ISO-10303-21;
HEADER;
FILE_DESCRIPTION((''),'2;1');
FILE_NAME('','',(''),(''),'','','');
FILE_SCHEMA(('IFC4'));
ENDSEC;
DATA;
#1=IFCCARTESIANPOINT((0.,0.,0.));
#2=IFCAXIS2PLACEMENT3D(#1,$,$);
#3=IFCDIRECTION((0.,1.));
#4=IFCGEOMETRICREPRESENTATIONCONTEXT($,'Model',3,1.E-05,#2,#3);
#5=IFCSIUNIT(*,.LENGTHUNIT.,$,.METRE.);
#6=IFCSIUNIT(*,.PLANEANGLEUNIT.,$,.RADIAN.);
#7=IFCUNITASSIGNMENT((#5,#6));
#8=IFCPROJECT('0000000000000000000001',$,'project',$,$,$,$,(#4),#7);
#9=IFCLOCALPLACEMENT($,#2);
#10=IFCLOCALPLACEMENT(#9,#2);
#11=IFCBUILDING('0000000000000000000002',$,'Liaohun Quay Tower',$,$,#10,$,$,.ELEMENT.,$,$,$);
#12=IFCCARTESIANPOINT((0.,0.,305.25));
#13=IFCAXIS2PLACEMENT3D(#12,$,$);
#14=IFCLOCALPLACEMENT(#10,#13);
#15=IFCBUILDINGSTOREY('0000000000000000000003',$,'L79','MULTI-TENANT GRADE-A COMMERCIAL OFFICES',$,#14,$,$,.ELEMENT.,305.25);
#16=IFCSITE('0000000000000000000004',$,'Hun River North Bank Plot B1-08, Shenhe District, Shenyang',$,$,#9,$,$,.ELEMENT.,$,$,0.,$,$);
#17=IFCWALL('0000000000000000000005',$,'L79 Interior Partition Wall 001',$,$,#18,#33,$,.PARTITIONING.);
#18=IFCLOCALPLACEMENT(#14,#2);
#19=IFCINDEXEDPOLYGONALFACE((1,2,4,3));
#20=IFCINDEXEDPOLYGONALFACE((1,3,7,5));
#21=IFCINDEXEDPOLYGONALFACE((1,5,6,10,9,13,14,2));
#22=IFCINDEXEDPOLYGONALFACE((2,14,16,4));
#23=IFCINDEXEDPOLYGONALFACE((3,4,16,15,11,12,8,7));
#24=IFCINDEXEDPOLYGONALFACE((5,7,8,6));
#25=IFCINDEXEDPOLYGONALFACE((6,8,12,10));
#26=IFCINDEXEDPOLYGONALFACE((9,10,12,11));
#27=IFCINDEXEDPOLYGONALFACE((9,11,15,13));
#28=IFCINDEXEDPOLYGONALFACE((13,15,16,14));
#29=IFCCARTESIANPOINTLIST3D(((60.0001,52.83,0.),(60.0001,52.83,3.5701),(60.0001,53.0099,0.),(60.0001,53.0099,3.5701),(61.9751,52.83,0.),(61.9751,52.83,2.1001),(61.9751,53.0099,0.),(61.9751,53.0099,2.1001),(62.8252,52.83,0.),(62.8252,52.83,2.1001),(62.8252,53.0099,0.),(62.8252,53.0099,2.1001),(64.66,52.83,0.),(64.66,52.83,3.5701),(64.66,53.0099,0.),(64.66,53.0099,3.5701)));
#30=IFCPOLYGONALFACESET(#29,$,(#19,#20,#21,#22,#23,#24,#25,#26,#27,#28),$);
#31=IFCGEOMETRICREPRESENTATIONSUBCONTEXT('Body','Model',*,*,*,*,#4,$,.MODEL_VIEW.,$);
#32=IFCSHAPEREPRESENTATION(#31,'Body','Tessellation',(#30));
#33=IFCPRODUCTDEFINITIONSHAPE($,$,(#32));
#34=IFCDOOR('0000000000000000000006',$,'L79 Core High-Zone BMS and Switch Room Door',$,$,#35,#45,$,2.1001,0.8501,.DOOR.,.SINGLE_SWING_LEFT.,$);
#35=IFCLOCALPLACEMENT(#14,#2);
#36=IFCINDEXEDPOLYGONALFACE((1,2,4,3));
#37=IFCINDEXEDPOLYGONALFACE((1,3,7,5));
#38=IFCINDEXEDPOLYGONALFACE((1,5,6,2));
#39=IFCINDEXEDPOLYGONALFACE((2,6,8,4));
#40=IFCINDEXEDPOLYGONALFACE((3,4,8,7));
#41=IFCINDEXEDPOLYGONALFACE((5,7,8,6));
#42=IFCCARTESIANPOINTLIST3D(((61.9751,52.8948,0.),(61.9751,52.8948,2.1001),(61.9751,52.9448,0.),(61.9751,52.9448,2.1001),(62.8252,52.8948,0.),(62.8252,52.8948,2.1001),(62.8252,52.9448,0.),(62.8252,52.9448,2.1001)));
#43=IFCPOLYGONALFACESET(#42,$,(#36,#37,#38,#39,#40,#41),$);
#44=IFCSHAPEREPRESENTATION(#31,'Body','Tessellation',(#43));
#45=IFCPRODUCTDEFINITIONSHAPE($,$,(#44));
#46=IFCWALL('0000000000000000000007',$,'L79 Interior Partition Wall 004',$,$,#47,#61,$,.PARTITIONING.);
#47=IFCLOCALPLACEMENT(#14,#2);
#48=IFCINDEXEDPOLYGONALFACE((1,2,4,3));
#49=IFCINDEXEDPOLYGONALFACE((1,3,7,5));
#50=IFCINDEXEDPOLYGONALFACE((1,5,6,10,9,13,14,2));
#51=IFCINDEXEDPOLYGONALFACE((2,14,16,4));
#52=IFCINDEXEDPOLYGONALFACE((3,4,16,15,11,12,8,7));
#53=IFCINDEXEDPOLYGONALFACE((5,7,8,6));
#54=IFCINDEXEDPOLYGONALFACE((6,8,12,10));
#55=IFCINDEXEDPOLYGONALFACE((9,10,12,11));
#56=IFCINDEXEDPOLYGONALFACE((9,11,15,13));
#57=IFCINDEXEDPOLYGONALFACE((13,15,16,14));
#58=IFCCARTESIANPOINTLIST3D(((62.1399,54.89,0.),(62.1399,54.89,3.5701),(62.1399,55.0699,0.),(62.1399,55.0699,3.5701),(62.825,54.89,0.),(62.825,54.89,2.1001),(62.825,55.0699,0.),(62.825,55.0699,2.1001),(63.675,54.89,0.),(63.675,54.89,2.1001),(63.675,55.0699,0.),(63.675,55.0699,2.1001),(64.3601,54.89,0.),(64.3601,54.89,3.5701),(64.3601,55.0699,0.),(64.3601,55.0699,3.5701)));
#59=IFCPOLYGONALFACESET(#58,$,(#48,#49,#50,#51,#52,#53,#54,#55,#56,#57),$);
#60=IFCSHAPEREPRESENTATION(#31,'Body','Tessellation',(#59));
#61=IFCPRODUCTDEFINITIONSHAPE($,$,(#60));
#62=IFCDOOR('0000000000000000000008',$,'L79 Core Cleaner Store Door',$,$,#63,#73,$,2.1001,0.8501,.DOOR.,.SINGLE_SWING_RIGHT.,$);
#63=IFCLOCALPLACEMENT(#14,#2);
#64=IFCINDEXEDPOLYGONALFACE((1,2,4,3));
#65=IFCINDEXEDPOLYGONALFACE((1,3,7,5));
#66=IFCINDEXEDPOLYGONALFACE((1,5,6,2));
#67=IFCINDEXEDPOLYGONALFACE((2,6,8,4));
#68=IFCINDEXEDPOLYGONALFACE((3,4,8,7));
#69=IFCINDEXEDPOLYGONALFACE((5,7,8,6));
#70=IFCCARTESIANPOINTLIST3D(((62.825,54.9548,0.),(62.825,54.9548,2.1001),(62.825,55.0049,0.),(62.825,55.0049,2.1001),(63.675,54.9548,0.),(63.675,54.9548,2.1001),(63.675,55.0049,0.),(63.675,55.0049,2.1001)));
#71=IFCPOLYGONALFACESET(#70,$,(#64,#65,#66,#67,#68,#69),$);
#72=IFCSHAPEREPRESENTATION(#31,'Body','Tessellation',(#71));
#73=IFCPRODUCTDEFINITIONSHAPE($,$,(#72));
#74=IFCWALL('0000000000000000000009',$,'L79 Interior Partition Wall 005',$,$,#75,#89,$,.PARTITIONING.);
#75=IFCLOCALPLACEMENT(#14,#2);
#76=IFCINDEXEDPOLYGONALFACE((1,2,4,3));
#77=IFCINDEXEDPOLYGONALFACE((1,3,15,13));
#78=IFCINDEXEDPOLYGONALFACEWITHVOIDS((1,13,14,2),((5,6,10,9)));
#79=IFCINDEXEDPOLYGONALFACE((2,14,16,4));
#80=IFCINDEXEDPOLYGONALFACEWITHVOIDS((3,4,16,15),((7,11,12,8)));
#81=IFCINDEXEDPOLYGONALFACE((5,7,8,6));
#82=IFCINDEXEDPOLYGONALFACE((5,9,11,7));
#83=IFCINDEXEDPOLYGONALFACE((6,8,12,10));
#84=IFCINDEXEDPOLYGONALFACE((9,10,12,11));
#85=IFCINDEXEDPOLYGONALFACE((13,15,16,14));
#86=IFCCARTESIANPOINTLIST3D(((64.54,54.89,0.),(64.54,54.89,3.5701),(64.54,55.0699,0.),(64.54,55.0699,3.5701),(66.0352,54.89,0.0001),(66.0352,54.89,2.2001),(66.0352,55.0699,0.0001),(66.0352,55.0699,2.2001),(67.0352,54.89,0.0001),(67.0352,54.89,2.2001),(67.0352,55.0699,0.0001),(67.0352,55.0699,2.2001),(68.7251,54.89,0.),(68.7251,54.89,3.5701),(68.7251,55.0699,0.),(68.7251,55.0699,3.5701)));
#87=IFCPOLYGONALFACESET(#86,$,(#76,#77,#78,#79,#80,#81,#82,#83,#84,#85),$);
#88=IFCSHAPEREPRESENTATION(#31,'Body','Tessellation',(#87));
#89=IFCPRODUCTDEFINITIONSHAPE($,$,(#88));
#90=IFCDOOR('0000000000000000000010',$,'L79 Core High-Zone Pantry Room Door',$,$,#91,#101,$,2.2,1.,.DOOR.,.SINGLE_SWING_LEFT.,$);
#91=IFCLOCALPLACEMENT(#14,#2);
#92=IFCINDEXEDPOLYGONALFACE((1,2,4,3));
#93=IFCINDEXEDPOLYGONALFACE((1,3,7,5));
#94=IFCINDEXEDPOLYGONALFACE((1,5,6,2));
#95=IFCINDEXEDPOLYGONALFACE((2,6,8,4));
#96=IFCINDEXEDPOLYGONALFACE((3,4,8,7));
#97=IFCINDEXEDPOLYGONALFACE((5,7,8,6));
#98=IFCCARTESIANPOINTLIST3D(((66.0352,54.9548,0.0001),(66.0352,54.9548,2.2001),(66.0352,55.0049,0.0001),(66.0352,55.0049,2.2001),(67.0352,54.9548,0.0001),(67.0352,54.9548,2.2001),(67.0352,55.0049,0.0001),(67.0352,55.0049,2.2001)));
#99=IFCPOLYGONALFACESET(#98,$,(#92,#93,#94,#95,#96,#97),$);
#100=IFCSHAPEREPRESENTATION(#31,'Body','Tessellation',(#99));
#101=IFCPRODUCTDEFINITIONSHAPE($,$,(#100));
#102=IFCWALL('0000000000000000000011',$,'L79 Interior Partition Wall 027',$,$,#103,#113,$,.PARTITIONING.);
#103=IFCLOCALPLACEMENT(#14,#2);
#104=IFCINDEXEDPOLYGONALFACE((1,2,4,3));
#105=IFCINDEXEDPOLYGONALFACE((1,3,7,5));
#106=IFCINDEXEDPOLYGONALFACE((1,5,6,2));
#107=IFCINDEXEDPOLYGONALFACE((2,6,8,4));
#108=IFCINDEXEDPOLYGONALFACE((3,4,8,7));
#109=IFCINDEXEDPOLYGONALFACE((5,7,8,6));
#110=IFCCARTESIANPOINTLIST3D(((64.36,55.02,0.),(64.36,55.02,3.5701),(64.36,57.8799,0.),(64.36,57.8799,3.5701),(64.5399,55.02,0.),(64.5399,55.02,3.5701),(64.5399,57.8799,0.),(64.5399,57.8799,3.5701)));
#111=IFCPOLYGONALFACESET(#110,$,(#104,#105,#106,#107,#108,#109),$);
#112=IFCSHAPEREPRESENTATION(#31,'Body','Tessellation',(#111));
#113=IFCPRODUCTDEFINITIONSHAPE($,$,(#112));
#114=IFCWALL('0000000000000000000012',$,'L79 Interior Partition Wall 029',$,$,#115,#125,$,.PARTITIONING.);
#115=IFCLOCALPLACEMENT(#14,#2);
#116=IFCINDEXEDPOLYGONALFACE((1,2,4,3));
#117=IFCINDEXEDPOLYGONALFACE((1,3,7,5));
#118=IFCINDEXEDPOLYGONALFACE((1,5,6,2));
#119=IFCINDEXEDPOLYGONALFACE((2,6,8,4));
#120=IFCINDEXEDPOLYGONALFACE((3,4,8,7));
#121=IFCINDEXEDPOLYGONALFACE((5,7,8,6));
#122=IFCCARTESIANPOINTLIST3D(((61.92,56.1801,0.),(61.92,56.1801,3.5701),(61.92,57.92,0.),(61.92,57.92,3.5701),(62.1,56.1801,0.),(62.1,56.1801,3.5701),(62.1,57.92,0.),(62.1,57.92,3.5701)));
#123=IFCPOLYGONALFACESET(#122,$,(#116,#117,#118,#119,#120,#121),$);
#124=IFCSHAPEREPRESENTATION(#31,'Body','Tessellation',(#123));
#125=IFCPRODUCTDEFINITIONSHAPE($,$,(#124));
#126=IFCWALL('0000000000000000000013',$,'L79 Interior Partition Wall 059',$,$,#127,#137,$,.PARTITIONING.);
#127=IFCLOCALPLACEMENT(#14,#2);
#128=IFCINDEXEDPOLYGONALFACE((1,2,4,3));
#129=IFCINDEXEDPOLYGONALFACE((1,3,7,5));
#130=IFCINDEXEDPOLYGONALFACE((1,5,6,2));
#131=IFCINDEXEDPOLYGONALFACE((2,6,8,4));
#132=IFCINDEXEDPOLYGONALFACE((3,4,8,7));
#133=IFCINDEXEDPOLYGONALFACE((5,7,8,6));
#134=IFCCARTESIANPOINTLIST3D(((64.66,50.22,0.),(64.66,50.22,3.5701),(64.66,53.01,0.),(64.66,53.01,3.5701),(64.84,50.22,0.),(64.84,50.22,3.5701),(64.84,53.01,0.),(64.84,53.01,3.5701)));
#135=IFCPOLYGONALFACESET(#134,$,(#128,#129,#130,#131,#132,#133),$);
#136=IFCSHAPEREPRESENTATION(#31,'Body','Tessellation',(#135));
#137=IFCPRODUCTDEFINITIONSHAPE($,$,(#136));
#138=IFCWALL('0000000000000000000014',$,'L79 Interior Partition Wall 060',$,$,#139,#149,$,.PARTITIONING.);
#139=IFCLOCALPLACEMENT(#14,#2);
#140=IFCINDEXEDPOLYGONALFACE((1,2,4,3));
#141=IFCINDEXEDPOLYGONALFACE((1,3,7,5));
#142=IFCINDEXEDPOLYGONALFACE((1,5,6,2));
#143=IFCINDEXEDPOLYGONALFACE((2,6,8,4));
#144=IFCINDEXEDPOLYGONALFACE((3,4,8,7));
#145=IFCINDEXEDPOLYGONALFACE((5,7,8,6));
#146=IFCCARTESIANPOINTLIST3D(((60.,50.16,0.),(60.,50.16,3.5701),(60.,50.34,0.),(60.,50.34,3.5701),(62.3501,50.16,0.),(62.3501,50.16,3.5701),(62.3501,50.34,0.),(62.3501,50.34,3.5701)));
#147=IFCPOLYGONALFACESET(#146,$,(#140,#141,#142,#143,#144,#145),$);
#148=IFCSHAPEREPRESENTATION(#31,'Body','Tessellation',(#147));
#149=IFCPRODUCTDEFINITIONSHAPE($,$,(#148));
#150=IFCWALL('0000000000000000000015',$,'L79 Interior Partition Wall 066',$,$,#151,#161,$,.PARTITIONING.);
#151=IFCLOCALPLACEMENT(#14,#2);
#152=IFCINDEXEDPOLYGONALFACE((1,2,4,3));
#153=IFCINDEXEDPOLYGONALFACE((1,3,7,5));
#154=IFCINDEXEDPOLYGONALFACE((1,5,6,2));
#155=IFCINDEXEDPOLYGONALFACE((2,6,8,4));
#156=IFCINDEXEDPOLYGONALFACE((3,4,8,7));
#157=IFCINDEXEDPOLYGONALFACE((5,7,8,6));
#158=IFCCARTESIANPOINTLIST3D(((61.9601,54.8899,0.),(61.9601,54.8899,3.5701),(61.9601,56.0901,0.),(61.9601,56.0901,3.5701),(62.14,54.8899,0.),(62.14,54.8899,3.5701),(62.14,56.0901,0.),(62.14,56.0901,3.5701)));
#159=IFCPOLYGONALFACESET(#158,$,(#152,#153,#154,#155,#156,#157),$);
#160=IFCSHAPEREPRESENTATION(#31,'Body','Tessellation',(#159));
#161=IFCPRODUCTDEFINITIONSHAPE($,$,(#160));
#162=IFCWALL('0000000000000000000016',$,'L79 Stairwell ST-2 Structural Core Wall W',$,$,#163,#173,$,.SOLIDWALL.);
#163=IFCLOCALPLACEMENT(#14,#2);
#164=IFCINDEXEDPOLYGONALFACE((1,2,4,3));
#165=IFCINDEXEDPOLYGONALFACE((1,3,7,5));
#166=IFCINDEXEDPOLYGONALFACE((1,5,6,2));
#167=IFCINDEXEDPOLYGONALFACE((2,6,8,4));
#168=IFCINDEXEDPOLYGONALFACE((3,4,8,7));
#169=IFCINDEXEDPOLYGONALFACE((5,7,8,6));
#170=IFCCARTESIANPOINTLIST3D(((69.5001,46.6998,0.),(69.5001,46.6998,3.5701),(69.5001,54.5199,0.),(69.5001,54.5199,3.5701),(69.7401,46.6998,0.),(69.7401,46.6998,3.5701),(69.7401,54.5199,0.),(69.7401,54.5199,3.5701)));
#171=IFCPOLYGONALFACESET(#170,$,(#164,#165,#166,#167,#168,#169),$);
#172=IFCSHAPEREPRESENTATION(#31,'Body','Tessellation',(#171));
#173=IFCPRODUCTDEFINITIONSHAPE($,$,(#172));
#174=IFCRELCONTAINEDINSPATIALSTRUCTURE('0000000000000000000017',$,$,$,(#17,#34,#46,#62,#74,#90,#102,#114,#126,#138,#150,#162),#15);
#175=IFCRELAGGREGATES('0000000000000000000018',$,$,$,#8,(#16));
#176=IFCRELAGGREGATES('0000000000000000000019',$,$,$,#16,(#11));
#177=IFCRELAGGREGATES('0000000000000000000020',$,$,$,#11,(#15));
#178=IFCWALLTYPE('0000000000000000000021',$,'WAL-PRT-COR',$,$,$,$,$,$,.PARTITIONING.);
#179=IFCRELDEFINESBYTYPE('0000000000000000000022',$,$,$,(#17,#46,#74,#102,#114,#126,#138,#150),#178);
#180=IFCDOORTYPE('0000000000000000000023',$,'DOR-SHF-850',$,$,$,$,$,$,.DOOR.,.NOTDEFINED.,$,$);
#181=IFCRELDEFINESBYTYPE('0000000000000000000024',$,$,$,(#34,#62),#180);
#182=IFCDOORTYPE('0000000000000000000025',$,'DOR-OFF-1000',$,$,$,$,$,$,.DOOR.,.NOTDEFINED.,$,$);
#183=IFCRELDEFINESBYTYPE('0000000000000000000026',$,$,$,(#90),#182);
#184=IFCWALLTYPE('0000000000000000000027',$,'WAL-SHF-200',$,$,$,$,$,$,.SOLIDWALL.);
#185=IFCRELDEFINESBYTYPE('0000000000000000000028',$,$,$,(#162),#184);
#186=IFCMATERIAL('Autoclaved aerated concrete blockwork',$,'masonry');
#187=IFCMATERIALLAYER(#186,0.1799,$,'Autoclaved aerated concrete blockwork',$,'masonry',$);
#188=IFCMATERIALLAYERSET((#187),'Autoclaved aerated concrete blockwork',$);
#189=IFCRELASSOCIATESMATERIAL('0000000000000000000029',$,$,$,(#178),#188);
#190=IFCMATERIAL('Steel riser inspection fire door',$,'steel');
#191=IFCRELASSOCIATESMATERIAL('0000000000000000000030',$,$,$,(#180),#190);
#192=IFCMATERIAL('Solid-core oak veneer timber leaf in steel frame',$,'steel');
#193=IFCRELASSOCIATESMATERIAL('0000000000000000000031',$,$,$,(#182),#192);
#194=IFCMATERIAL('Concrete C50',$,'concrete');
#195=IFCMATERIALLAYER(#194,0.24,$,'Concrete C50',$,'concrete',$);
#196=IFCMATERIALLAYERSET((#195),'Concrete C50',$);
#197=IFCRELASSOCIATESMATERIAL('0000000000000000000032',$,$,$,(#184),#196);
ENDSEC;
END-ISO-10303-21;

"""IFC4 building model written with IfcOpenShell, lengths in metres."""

from ifc_helpers import new_model, si_unit, direction, frame, frame_2d, origin, place, context, subcontext, project, spatial, rectangle, extrude, source, transform, mapped, material, layer, layer_set, type_object, element, fill, save


model = new_model("IFC4")

# Units and contexts
model_context = context("Model", 3, precision=1e-05, world=origin(), true_north=direction((0.0, 1.0)))
body_context = subcontext(model_context, "Body", "Model", "MODEL_VIEW")
ifc_project = project(units=[si_unit("LENGTHUNIT", "METRE"), si_unit("PLANEANGLEUNIT", "RADIAN")], contexts=[model_context])

# Site, building, storey
site_placement = place(None, origin())
site = spatial("IfcSite", under=ifc_project, at=site_placement, Name="Hun River North Bank Plot B1-08, Shenhe District, Shenyang", CompositionType="ELEMENT", RefElevation=0.0)
building_placement = place(site_placement, origin())
building = spatial("IfcBuilding", under=site, at=building_placement, Name="Liaohun Quay Tower", CompositionType="ELEMENT")
storey_placement = place(building_placement, frame((0.0, 0.0, 305.25)))
storey = spatial("IfcBuildingStorey", under=building, at=storey_placement, Name="L79", Description="MULTI-TENANT GRADE-A COMMERCIAL OFFICES", CompositionType="ELEMENT", Elevation=305.25)

# Walls, openings, doors
ifc_material_1 = material(Name="Autoclaved aerated concrete blockwork", Category="masonry")
ifc_layer_1 = layer(ifc_material_1, 0.1799, Name="Autoclaved aerated concrete blockwork", Category="masonry")
ifc_layer_set_1 = layer_set([ifc_layer_1], Name="Autoclaved aerated concrete blockwork")
wall_type_1 = type_object("IfcWallType", Name="WAL-PRT-COR", PredefinedType="PARTITIONING", material=ifc_layer_set_1)
wall_1_placement = place(storey_placement, frame((60.0, 52.9199, 0.0), z_axis=(0.0, 0.0, 1.0), x_axis=(1.0, 0.0, 0.0)))
wall_1 = element("IfcWall", 1, at=wall_1_placement, inside=storey, type_object=wall_type_1, Name="L79 Interior Partition Wall 001", PredefinedType="PARTITIONING", context=body_context, shape_type="SweptSolid", body=[
    extrude(rectangle(XDim=4.6599, YDim=0.1799, at=frame_2d((2.3301, 0.0))), origin(), (0.0, 0.0, 1.0), 3.5701),
])
shared_shape_1 = source(origin(), body_context, "Body", "SweptSolid", [
    extrude(rectangle(XDim=0.8501, YDim=2.1001, at=frame_2d((0.425, 1.05))), frame((0.0, 0.0999, 0.0), z_axis=(0.0, -1.0, 0.0), x_axis=(1.0, 0.0, 0.0)), (0.0, 0.0, 1.0), 0.2),
])
opening_1_placement = place(wall_1_placement, frame((1.9751, 0.0, 0.0)))
opening_1 = element("IfcOpeningElement", 2, at=opening_1_placement, cuts=wall_1, PredefinedType="OPENING", context=body_context, shape_type="MappedRepresentation", body=[
    mapped(shared_shape_1, transform((0.0, 0.0, 0.0), x_axis=(1.0, 0.0, 0.0), y_axis=(0.0, 1.0, 0.0), z_axis=(0.0, 0.0, 1.0), scale=1.0)),
])
ifc_material_2 = material(Name="Steel riser inspection fire door", Category="steel")
door_type_1 = type_object("IfcDoorType", Name="DOR-SHF-850", OperationType="NOTDEFINED", PredefinedType="DOOR", material=ifc_material_2)
shared_shape_2 = source(origin(), body_context, "Body", "SweptSolid", [
    extrude(rectangle(XDim=0.8501, YDim=2.1001, at=frame_2d((0.425, 1.05))), frame((0.0, 0.0249, 0.0), z_axis=(0.0, -1.0, 0.0), x_axis=(1.0, 0.0, 0.0)), (0.0, 0.0, 1.0), 0.05),
])
door_1_placement = place(opening_1_placement, origin())
door_1 = element("IfcDoor", 3, at=door_1_placement, inside=storey, type_object=door_type_1, Name="L79 Core High-Zone BMS and Switch Room Door", OperationType="SINGLE_SWING_LEFT", OverallHeight=2.1001, OverallWidth=0.8501, PredefinedType="DOOR", context=body_context, shape_type="MappedRepresentation", body=[
    mapped(shared_shape_2, transform((0.0, 0.0, 0.0), x_axis=(1.0, 0.0, 0.0), y_axis=(0.0, 1.0, 0.0), z_axis=(0.0, 0.0, 1.0), scale=1.0)),
])
fill(opening_1, door_1)
wall_2_placement = place(storey_placement, frame((62.1399, 54.98, 0.0), z_axis=(0.0, 0.0, 1.0), x_axis=(1.0, 0.0, 0.0)))
wall_2 = element("IfcWall", 4, at=wall_2_placement, inside=storey, type_object=wall_type_1, Name="L79 Interior Partition Wall 004", PredefinedType="PARTITIONING", context=body_context, shape_type="SweptSolid", body=[
    extrude(rectangle(XDim=2.2202, YDim=0.1799, at=frame_2d((1.1101, 0.0))), origin(), (0.0, 0.0, 1.0), 3.5701),
])
opening_2_placement = place(wall_2_placement, frame((0.6851, 0.0, 0.0)))
opening_2 = element("IfcOpeningElement", 5, at=opening_2_placement, cuts=wall_2, PredefinedType="OPENING", context=body_context, shape_type="MappedRepresentation", body=[
    mapped(shared_shape_1, transform((0.0, 0.0, 0.0), x_axis=(1.0, 0.0, 0.0), y_axis=(0.0, 1.0, 0.0), z_axis=(0.0, 0.0, 1.0), scale=1.0)),
])
door_2_placement = place(opening_2_placement, origin())
door_2 = element("IfcDoor", 6, at=door_2_placement, inside=storey, type_object=door_type_1, Name="L79 Core Cleaner Store Door", OperationType="SINGLE_SWING_RIGHT", OverallHeight=2.1001, OverallWidth=0.8501, PredefinedType="DOOR", context=body_context, shape_type="MappedRepresentation", body=[
    mapped(shared_shape_2, transform((0.0, 0.0, 0.0), x_axis=(1.0, 0.0, 0.0), y_axis=(0.0, 1.0, 0.0), z_axis=(0.0, 0.0, 1.0), scale=1.0)),
])
fill(opening_2, door_2)
wall_3_placement = place(storey_placement, frame((64.54, 54.98, 0.0), z_axis=(0.0, 0.0, 1.0), x_axis=(1.0, 0.0, 0.0)))
wall_3 = element("IfcWall", 7, at=wall_3_placement, inside=storey, type_object=wall_type_1, Name="L79 Interior Partition Wall 005", PredefinedType="PARTITIONING", context=body_context, shape_type="SweptSolid", body=[
    extrude(rectangle(XDim=4.1851, YDim=0.1799, at=frame_2d((2.0925, 0.0))), origin(), (0.0, 0.0, 1.0), 3.5701),
])
shared_shape_3 = source(origin(), body_context, "Body", "SweptSolid", [
    extrude(rectangle(XDim=1.0, YDim=2.2, at=frame_2d((0.5, 1.1001))), frame((0.0, 0.0999, 0.0), z_axis=(0.0, -1.0, 0.0), x_axis=(1.0, 0.0, 0.0)), (0.0, 0.0, 1.0), 0.2),
])
opening_3_placement = place(wall_3_placement, frame((1.4951, 0.0, 0.0)))
opening_3 = element("IfcOpeningElement", 8, at=opening_3_placement, cuts=wall_3, PredefinedType="OPENING", context=body_context, shape_type="MappedRepresentation", body=[
    mapped(shared_shape_3, transform((0.0, 0.0, 0.0), x_axis=(1.0, 0.0, 0.0), y_axis=(0.0, 1.0, 0.0), z_axis=(0.0, 0.0, 1.0), scale=1.0)),
])
ifc_material_3 = material(Name="Solid-core oak veneer timber leaf in steel frame", Category="steel")
door_type_2 = type_object("IfcDoorType", Name="DOR-OFF-1000", OperationType="NOTDEFINED", PredefinedType="DOOR", material=ifc_material_3)
shared_shape_4 = source(origin(), body_context, "Body", "SweptSolid", [
    extrude(rectangle(XDim=1.0, YDim=2.2, at=frame_2d((0.5, 1.1001))), frame((0.0, 0.0249, 0.0), z_axis=(0.0, -1.0, 0.0), x_axis=(1.0, 0.0, 0.0)), (0.0, 0.0, 1.0), 0.05),
])
door_3_placement = place(opening_3_placement, origin())
door_3 = element("IfcDoor", 9, at=door_3_placement, inside=storey, type_object=door_type_2, Name="L79 Core High-Zone Pantry Room Door", OperationType="SINGLE_SWING_LEFT", OverallHeight=2.2, OverallWidth=1.0, PredefinedType="DOOR", context=body_context, shape_type="MappedRepresentation", body=[
    mapped(shared_shape_4, transform((0.0, 0.0, 0.0), x_axis=(1.0, 0.0, 0.0), y_axis=(0.0, 1.0, 0.0), z_axis=(0.0, 0.0, 1.0), scale=1.0)),
])
fill(opening_3, door_3)

# Walls
wall_4_placement = place(storey_placement, frame((64.45, 55.02, 0.0), z_axis=(0.0, 0.0, 1.0), x_axis=(0.0, 1.0, 0.0)))
element("IfcWall", 10, at=wall_4_placement, inside=storey, type_object=wall_type_1, Name="L79 Interior Partition Wall 027", PredefinedType="PARTITIONING", context=body_context, shape_type="SweptSolid", body=[
    extrude(rectangle(XDim=2.8599, YDim=0.1799, at=frame_2d((1.4299, 0.0))), origin(), (0.0, 0.0, 1.0), 3.5701),
])
wall_5_placement = place(storey_placement, frame((62.01, 56.1799, 0.0), z_axis=(0.0, 0.0, 1.0), x_axis=(0.0, 1.0, 0.0)))
element("IfcWall", 11, at=wall_5_placement, inside=storey, type_object=wall_type_1, Name="L79 Interior Partition Wall 029", PredefinedType="PARTITIONING", context=body_context, shape_type="SweptSolid", body=[
    extrude(rectangle(XDim=1.74, YDim=0.1799, at=frame_2d((0.8701, 0.0))), origin(), (0.0, 0.0, 1.0), 3.5701),
])
wall_6_placement = place(storey_placement, frame((64.75, 50.22, 0.0), z_axis=(0.0, 0.0, 1.0), x_axis=(0.0, 1.0, 0.0)))
element("IfcWall", 12, at=wall_6_placement, inside=storey, type_object=wall_type_1, Name="L79 Interior Partition Wall 059", PredefinedType="PARTITIONING", context=body_context, shape_type="SweptSolid", body=[
    extrude(rectangle(XDim=2.79, YDim=0.1799, at=frame_2d((1.395, 0.0))), origin(), (0.0, 0.0, 1.0), 3.5701),
])
wall_7_placement = place(storey_placement, frame((60.0, 50.25, 0.0), z_axis=(0.0, 0.0, 1.0), x_axis=(1.0, 0.0, 0.0)))
element("IfcWall", 13, at=wall_7_placement, inside=storey, type_object=wall_type_1, Name="L79 Interior Partition Wall 060", PredefinedType="PARTITIONING", context=body_context, shape_type="SweptSolid", body=[
    extrude(rectangle(XDim=2.3501, YDim=0.1799, at=frame_2d((1.175, 0.0))), origin(), (0.0, 0.0, 1.0), 3.5701),
])
wall_8_placement = place(storey_placement, frame((62.05, 54.8899, 0.0), z_axis=(0.0, 0.0, 1.0), x_axis=(0.0, 1.0, 0.0)))
element("IfcWall", 14, at=wall_8_placement, inside=storey, type_object=wall_type_1, Name="L79 Interior Partition Wall 066", PredefinedType="PARTITIONING", context=body_context, shape_type="SweptSolid", body=[
    extrude(rectangle(XDim=1.2002, YDim=0.1799, at=frame_2d((0.6001, 0.0))), origin(), (0.0, 0.0, 1.0), 3.5701),
])
ifc_material_4 = material(Name="Concrete C50", Category="concrete")
ifc_layer_2 = layer(ifc_material_4, 0.24, Name="Concrete C50", Category="concrete")
ifc_layer_set_2 = layer_set([ifc_layer_2], Name="Concrete C50")
wall_type_2 = type_object("IfcWallType", Name="WAL-SHF-200", PredefinedType="SOLIDWALL", material=ifc_layer_set_2)
wall_9_placement = place(storey_placement, frame((69.6201, 54.52, 0.0), z_axis=(0.0, 0.0, 1.0), x_axis=(0.0, -1.0, 0.0)))
element("IfcWall", 15, at=wall_9_placement, inside=storey, type_object=wall_type_2, Name="L79 Stairwell ST-2 Structural Core Wall W", PredefinedType="SOLIDWALL", context=body_context, shape_type="SweptSolid", body=[
    extrude(rectangle(XDim=7.8201, YDim=0.24, at=frame_2d((3.9102, 0.0))), origin(), (0.0, 0.0, 1.0), 3.5701),
])

save(model, "model.ifc")
